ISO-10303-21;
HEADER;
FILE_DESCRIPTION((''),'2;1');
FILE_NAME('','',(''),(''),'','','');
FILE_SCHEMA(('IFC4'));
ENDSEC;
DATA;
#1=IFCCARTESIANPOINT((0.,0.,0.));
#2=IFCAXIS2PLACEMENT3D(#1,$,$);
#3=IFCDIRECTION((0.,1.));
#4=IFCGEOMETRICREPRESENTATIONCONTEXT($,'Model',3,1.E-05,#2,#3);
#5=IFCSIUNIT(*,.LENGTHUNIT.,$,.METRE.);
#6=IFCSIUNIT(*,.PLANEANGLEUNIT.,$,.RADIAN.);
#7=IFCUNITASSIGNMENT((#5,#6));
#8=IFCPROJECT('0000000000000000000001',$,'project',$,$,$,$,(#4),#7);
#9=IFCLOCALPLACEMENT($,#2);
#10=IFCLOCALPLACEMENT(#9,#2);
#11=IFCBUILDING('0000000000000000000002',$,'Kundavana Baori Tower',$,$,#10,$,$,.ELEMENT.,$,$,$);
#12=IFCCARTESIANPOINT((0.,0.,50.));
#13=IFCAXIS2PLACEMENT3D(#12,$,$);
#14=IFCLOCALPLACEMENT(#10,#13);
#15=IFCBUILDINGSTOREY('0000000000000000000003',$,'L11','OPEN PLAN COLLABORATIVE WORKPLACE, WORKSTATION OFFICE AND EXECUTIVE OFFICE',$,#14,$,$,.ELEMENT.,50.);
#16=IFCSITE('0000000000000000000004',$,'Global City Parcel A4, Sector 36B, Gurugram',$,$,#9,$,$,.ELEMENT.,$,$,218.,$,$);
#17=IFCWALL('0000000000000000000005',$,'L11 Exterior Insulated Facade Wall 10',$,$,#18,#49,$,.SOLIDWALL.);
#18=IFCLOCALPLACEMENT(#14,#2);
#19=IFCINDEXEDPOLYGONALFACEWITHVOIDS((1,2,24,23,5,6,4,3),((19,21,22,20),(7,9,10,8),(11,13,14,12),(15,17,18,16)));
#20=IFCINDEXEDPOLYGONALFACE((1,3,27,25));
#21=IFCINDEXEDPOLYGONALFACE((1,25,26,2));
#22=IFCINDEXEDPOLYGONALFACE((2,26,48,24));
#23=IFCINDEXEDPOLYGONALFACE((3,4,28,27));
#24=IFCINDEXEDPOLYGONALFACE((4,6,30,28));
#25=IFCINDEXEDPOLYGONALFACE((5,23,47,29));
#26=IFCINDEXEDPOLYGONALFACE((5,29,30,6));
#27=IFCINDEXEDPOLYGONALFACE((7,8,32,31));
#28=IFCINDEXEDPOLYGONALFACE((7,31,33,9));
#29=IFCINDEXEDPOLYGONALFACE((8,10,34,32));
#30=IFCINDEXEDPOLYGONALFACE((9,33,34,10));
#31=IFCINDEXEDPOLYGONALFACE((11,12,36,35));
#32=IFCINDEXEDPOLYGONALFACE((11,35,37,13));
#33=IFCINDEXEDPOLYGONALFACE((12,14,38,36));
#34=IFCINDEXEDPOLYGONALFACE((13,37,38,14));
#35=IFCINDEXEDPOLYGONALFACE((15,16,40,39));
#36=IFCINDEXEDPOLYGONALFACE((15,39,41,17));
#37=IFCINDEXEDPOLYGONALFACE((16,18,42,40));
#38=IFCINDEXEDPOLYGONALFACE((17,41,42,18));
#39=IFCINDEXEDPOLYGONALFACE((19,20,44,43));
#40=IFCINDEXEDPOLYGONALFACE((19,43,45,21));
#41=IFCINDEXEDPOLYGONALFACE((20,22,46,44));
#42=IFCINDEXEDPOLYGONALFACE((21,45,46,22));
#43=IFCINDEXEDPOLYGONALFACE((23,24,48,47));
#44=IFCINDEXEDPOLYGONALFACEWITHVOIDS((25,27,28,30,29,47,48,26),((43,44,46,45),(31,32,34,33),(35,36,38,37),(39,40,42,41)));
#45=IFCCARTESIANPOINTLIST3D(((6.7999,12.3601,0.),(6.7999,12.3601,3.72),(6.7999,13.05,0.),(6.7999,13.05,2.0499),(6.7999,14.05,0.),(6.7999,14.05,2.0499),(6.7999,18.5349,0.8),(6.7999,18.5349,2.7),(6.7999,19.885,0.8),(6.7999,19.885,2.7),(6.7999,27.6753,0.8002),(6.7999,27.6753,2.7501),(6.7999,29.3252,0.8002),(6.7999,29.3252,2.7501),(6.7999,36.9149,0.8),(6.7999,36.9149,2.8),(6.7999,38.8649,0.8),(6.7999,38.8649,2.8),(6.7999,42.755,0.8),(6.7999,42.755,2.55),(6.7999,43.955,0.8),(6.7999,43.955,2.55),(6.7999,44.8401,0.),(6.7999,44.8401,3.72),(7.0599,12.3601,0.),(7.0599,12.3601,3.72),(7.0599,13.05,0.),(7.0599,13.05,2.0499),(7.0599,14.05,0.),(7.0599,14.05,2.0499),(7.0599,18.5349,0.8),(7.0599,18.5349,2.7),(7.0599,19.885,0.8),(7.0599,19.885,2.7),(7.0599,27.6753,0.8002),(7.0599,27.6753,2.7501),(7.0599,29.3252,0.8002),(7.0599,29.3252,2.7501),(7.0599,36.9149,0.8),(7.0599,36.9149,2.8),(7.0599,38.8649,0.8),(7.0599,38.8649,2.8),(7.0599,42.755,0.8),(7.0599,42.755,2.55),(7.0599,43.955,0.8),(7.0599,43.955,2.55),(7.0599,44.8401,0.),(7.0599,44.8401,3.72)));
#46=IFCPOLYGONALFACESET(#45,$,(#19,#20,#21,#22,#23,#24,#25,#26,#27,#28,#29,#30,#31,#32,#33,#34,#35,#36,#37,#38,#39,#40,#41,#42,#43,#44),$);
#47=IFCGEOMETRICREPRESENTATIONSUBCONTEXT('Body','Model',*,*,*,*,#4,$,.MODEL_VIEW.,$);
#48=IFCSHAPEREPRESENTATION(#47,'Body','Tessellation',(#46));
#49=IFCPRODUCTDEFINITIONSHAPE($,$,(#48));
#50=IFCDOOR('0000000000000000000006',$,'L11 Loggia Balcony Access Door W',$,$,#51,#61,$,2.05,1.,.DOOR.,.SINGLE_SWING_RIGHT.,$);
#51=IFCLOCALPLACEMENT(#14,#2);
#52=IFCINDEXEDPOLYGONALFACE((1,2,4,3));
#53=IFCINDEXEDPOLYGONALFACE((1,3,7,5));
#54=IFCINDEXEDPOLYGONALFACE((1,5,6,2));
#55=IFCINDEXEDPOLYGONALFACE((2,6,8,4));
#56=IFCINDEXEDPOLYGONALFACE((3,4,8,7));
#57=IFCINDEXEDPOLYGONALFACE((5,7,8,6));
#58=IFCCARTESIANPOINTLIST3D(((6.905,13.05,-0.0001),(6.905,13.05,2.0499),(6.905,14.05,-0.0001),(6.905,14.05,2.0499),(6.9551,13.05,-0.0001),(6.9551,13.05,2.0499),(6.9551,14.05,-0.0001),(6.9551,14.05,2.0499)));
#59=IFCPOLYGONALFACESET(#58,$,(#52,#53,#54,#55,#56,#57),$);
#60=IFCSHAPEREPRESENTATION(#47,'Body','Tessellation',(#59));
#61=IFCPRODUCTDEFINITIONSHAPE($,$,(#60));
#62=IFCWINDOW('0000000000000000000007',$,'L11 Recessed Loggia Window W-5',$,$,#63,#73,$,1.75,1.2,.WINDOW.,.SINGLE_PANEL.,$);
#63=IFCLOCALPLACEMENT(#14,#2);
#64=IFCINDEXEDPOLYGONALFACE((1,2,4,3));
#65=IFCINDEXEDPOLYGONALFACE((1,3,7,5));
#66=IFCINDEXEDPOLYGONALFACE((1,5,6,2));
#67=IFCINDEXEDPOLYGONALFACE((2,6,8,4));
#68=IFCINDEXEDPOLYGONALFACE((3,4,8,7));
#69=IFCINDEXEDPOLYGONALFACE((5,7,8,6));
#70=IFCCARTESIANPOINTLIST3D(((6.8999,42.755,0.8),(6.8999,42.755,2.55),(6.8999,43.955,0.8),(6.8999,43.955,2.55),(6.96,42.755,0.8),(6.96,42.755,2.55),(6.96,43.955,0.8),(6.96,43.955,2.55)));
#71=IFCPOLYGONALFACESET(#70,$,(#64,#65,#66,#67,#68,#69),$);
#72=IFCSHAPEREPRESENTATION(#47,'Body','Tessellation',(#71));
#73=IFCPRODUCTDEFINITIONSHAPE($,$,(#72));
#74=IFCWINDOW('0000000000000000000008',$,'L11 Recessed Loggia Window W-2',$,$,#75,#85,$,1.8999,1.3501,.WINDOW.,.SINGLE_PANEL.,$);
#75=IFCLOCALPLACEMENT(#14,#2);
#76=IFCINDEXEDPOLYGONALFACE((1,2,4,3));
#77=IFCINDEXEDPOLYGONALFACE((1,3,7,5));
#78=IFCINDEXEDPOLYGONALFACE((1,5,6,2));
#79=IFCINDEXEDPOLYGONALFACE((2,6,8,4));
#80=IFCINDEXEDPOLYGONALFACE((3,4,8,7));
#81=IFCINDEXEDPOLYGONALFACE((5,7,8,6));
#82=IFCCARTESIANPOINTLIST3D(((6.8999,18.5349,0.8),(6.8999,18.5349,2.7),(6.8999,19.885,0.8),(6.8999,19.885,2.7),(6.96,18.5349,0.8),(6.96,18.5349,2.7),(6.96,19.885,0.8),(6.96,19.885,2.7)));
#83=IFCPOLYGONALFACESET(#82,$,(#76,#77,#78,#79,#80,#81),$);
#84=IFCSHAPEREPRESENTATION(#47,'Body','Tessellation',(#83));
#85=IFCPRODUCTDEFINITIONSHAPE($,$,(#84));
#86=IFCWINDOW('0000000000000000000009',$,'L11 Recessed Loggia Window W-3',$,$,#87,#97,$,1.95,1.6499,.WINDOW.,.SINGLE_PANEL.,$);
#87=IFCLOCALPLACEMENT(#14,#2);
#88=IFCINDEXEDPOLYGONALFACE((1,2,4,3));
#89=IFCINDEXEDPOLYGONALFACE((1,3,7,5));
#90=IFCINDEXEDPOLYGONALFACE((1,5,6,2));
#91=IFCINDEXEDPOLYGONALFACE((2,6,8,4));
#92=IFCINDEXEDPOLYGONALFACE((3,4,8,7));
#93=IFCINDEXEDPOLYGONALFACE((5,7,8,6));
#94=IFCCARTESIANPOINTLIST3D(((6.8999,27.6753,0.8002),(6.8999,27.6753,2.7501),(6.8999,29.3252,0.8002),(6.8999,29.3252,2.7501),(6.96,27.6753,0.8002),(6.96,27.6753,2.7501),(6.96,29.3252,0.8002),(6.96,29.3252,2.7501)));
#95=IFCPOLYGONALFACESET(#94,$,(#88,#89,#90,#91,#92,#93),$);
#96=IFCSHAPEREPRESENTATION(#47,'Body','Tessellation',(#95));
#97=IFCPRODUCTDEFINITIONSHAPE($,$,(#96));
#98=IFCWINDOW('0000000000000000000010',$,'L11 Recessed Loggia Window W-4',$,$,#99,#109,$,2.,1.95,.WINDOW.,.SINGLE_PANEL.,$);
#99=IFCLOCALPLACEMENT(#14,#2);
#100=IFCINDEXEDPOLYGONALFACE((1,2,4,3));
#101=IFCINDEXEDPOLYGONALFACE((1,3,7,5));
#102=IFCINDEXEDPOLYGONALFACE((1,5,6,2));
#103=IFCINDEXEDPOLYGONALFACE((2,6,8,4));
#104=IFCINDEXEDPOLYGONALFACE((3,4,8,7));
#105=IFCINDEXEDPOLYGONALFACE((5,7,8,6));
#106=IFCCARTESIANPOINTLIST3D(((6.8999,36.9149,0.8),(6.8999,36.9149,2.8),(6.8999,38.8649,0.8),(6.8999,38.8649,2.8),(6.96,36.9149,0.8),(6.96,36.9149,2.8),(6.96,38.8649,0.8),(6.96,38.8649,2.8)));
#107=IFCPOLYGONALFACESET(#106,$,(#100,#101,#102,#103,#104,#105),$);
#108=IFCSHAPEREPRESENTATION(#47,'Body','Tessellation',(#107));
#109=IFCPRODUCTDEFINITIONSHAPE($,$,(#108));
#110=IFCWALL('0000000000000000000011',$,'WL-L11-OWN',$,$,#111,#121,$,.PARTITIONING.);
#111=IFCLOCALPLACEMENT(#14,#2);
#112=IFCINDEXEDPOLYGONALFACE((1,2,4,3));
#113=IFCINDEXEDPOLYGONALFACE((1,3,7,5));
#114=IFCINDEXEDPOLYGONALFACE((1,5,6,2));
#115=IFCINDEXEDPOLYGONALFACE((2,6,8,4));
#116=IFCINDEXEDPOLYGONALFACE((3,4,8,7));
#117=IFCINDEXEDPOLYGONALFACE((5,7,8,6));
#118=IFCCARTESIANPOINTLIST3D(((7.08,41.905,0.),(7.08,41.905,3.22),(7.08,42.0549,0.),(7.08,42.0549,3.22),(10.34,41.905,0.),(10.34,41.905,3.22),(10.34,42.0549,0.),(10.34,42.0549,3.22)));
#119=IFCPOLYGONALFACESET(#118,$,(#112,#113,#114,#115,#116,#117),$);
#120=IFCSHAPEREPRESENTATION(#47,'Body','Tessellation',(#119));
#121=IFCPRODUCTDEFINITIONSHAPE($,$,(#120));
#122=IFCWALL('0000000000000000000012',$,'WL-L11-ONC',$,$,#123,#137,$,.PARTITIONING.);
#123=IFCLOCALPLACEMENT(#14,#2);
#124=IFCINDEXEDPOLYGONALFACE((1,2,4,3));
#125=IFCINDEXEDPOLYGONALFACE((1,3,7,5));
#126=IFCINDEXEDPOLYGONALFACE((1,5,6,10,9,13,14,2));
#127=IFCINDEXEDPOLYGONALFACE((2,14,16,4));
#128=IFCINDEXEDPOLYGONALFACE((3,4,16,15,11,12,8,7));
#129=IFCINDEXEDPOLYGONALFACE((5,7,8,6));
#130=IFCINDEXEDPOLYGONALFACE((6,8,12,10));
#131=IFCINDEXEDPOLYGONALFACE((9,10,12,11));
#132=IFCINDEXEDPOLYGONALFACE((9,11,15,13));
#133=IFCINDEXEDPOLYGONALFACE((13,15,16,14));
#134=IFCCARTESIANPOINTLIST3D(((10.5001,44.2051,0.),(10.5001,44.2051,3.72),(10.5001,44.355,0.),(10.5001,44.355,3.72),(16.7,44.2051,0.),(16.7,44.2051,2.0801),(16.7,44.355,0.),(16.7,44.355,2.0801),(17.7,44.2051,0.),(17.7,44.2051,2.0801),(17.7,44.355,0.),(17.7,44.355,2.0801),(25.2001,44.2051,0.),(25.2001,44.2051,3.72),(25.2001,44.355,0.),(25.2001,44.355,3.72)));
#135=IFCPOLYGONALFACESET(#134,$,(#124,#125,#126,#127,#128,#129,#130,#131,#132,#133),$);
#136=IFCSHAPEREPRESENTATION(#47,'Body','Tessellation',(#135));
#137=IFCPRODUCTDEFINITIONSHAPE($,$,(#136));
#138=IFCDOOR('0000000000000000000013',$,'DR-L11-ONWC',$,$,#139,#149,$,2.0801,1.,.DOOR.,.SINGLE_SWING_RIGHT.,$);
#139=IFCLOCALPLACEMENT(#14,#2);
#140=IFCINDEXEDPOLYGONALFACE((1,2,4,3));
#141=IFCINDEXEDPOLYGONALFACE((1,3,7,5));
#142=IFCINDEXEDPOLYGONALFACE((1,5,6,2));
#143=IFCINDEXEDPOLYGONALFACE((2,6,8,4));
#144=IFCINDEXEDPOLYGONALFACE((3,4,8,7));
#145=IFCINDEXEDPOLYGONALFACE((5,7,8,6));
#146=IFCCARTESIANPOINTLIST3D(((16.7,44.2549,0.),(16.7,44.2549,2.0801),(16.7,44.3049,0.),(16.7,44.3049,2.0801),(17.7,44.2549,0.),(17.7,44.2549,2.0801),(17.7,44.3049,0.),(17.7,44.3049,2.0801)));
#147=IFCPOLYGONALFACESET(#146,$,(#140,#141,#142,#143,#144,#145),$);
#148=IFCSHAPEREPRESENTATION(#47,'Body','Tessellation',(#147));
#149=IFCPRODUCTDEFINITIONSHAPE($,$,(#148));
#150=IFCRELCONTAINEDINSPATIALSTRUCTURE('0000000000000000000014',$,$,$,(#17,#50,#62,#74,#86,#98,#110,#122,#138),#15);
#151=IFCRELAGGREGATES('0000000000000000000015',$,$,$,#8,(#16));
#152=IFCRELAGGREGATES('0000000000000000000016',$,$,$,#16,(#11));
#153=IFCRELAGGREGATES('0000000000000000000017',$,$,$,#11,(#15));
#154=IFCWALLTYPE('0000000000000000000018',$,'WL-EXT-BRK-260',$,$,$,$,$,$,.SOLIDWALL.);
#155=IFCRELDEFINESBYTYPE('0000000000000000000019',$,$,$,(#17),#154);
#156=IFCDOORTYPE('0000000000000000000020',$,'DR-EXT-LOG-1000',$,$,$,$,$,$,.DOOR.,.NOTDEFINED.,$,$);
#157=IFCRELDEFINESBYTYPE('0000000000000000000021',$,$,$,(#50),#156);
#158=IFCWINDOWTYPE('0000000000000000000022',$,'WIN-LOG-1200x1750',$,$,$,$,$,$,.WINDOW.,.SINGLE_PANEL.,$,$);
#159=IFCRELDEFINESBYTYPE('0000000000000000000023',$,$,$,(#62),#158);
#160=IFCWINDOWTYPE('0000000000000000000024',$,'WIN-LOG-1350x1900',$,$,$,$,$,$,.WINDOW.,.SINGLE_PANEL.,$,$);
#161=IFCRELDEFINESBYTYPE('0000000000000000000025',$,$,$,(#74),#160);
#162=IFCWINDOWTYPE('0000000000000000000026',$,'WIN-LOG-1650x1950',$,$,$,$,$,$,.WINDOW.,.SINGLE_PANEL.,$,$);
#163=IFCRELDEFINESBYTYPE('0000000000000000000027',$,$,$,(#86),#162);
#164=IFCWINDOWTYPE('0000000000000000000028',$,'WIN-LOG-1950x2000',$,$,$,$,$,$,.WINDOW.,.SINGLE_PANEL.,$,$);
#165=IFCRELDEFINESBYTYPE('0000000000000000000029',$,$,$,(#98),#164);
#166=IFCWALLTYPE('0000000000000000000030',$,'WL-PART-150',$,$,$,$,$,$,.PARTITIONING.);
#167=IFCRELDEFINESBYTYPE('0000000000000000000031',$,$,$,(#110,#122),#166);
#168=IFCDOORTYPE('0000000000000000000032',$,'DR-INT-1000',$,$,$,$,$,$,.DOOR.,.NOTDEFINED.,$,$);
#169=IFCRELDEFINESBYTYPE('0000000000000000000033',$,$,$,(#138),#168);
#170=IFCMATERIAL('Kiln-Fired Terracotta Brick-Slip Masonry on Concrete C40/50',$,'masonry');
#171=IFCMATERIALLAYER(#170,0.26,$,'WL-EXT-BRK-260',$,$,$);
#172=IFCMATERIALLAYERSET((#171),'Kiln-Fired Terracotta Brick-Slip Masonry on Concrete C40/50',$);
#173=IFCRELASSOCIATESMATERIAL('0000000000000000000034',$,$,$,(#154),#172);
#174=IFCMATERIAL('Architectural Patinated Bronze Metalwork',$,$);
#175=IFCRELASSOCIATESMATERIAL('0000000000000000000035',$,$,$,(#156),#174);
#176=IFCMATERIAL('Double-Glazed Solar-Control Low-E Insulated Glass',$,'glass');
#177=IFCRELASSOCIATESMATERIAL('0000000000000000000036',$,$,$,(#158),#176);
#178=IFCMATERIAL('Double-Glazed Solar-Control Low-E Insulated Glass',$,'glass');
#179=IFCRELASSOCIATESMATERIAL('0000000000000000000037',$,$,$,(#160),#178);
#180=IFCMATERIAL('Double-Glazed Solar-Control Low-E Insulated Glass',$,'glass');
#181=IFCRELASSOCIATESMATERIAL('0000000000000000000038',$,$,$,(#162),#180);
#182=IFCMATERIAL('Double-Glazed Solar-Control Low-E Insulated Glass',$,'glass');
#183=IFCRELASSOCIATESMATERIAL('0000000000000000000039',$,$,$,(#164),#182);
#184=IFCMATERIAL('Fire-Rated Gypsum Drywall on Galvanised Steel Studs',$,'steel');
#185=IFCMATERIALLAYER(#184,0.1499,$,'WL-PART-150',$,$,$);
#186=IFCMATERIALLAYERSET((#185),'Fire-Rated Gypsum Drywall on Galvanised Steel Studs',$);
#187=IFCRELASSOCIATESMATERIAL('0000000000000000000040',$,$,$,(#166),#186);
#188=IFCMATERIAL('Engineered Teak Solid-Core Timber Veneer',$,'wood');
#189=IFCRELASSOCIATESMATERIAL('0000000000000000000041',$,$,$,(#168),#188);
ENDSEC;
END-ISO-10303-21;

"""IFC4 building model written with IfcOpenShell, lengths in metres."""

from ifc_helpers import new_model, si_unit, direction, frame, frame_2d, origin, place, context, subcontext, project, spatial, rectangle, extrude, material, layer, layer_set, type_object, element, fill, save


model = new_model("IFC4")

# Units and contexts
model_context = context("Model", 3, precision=1e-05, world=origin(), true_north=direction((0.0, 1.0)))
body_context = subcontext(model_context, "Body", "Model", "MODEL_VIEW")
ifc_project = project(units=[si_unit("LENGTHUNIT", "METRE"), si_unit("PLANEANGLEUNIT", "RADIAN")], contexts=[model_context])

# Site, building, storey
site_placement = place(None, origin())
site = spatial("IfcSite", under=ifc_project, at=site_placement, Name="Global City Parcel A4, Sector 36B, Gurugram", CompositionType="ELEMENT", RefElevation=218.0)
building_placement = place(site_placement, origin())
building = spatial("IfcBuilding", under=site, at=building_placement, Name="Kundavana Baori Tower", CompositionType="ELEMENT")
storey_placement = place(building_placement, frame((0.0, 0.0, 50.0)))
storey = spatial("IfcBuildingStorey", under=building, at=storey_placement, Name="L11", Description="OPEN PLAN COLLABORATIVE WORKPLACE, WORKSTATION OFFICE AND EXECUTIVE OFFICE", CompositionType="ELEMENT", Elevation=50.0)

# Shared definitions
ifc_material_1 = material(Name="Kiln-Fired Terracotta Brick-Slip Masonry on Concrete C40/50", Category="masonry")
ifc_layer_1 = layer(ifc_material_1, 0.26, Name="WL-EXT-BRK-260")
ifc_layer_set_1 = layer_set([ifc_layer_1], Name="Kiln-Fired Terracotta Brick-Slip Masonry on Concrete C40/50")
wall_type_1 = type_object("IfcWallType", Name="WL-EXT-BRK-260", PredefinedType="SOLIDWALL", material=ifc_layer_set_1)

# Wall, openings, door, windows
wall_1_placement = place(storey_placement, frame((6.9299, 44.8401, 0.0), z_axis=(0.0, 0.0, 1.0), x_axis=(0.0, -1.0, 0.0)))
wall_1 = element("IfcWall", 1, at=wall_1_placement, inside=storey, type_object=wall_type_1, Name="L11 Exterior Insulated Facade Wall 10", PredefinedType="SOLIDWALL", context=body_context, shape_type="SweptSolid", body=[
    extrude(rectangle(XDim=32.48, YDim=0.26, at=frame_2d((16.24, 0.0))), origin(), (0.0, 0.0, 1.0), 3.72),
])
opening_1_placement = place(wall_1_placement, frame((30.79, 0.0, 0.0)))
opening_1 = element("IfcOpeningElement", 2, at=opening_1_placement, cuts=wall_1, PredefinedType="OPENING", context=body_context, shape_type="SweptSolid", body=[
    extrude(rectangle(XDim=1.0, YDim=2.05, at=frame_2d((0.5, 1.0249))), frame((0.0, 0.1401, 0.0), z_axis=(0.0, -1.0, 0.0), x_axis=(1.0, 0.0, 0.0)), (0.0, 0.0, 1.0), 0.28),
])
opening_2_placement = place(wall_1_placement, frame((24.9551, 0.0, 0.8)))
opening_2 = element("IfcOpeningElement", 3, at=opening_2_placement, cuts=wall_1, PredefinedType="OPENING", context=body_context, shape_type="SweptSolid", body=[
    extrude(rectangle(XDim=1.3501, YDim=1.8999, at=frame_2d((0.675, 0.95))), frame((0.0, 0.1401, 0.0), z_axis=(0.0, -1.0, 0.0), x_axis=(1.0, 0.0, 0.0)), (0.0, 0.0, 1.0), 0.28),
])
opening_3_placement = place(wall_1_placement, frame((15.5149, 0.0, 0.8)))
opening_3 = element("IfcOpeningElement", 4, at=opening_3_placement, cuts=wall_1, PredefinedType="OPENING", context=body_context, shape_type="SweptSolid", body=[
    extrude(rectangle(XDim=1.6499, YDim=1.95, at=frame_2d((0.825, 0.9751))), frame((0.0, 0.1401, 0.0), z_axis=(0.0, -1.0, 0.0), x_axis=(1.0, 0.0, 0.0)), (0.0, 0.0, 1.0), 0.28),
])
opening_4_placement = place(wall_1_placement, frame((5.9751, 0.0, 0.8)))
opening_4 = element("IfcOpeningElement", 5, at=opening_4_placement, cuts=wall_1, PredefinedType="OPENING", context=body_context, shape_type="SweptSolid", body=[
    extrude(rectangle(XDim=1.95, YDim=2.0, at=frame_2d((0.9751, 1.0))), frame((0.0, 0.1401, 0.0), z_axis=(0.0, -1.0, 0.0), x_axis=(1.0, 0.0, 0.0)), (0.0, 0.0, 1.0), 0.28),
])
opening_5_placement = place(wall_1_placement, frame((0.885, 0.0, 0.8)))
opening_5 = element("IfcOpeningElement", 6, at=opening_5_placement, cuts=wall_1, PredefinedType="OPENING", context=body_context, shape_type="SweptSolid", body=[
    extrude(rectangle(XDim=1.2, YDim=1.75, at=frame_2d((0.6001, 0.875))), frame((0.0, 0.1401, 0.0), z_axis=(0.0, -1.0, 0.0), x_axis=(1.0, 0.0, 0.0)), (0.0, 0.0, 1.0), 0.28),
])
ifc_material_2 = material(Name="Architectural Patinated Bronze Metalwork")
door_type_1 = type_object("IfcDoorType", Name="DR-EXT-LOG-1000", OperationType="NOTDEFINED", PredefinedType="DOOR", material=ifc_material_2)
door_1_placement = place(opening_1_placement, frame((1.0, 0.0, 0.0), z_axis=(0.0, 0.0, 1.0), x_axis=(-1.0, 0.0, 0.0)))
door_1 = element("IfcDoor", 7, at=door_1_placement, inside=storey, type_object=door_type_1, Name="L11 Loggia Balcony Access Door W", OperationType="SINGLE_SWING_RIGHT", OverallHeight=2.05, OverallWidth=1.0, PredefinedType="DOOR", context=body_context, shape_type="SweptSolid", body=[
    extrude(rectangle(XDim=1.0, YDim=2.05, at=frame_2d((0.5, 1.0249))), frame((0.0, 0.0249, 0.0), z_axis=(0.0, -1.0, 0.0), x_axis=(1.0, 0.0, 0.0)), (0.0, 0.0, 1.0), 0.05),
])
fill(opening_1, door_1)
ifc_material_3 = material(Name="Double-Glazed Solar-Control Low-E Insulated Glass", Category="glass")
window_type_1 = type_object("IfcWindowType", Name="WIN-LOG-1200x1750", PartitioningType="SINGLE_PANEL", PredefinedType="WINDOW", material=ifc_material_3)
window_1_placement = place(opening_5_placement, origin())
window_1 = element("IfcWindow", 8, at=window_1_placement, inside=storey, type_object=window_type_1, Name="L11 Recessed Loggia Window W-5", OverallHeight=1.75, OverallWidth=1.2, PartitioningType="SINGLE_PANEL", PredefinedType="WINDOW", context=body_context, shape_type="SweptSolid", body=[
    extrude(rectangle(XDim=1.2, YDim=1.75, at=frame_2d((0.6001, 0.875))), frame((0.0, 0.03, 0.0), z_axis=(0.0, -1.0, 0.0), x_axis=(1.0, 0.0, 0.0)), (0.0, 0.0, 1.0), 0.0601),
])
fill(opening_5, window_1)
ifc_material_4 = material(Name="Double-Glazed Solar-Control Low-E Insulated Glass", Category="glass")
window_type_2 = type_object("IfcWindowType", Name="WIN-LOG-1350x1900", PartitioningType="SINGLE_PANEL", PredefinedType="WINDOW", material=ifc_material_4)
window_2_placement = place(opening_2_placement, origin())
window_2 = element("IfcWindow", 9, at=window_2_placement, inside=storey, type_object=window_type_2, Name="L11 Recessed Loggia Window W-2", OverallHeight=1.8999, OverallWidth=1.3501, PartitioningType="SINGLE_PANEL", PredefinedType="WINDOW", context=body_context, shape_type="SweptSolid", body=[
    extrude(rectangle(XDim=1.3501, YDim=1.8999, at=frame_2d((0.675, 0.95))), frame((0.0, 0.03, 0.0), z_axis=(0.0, -1.0, 0.0), x_axis=(1.0, 0.0, 0.0)), (0.0, 0.0, 1.0), 0.0601),
])
fill(opening_2, window_2)
ifc_material_5 = material(Name="Double-Glazed Solar-Control Low-E Insulated Glass", Category="glass")
window_type_3 = type_object("IfcWindowType", Name="WIN-LOG-1650x1950", PartitioningType="SINGLE_PANEL", PredefinedType="WINDOW", material=ifc_material_5)
window_3_placement = place(opening_3_placement, origin())
window_3 = element("IfcWindow", 10, at=window_3_placement, inside=storey, type_object=window_type_3, Name="L11 Recessed Loggia Window W-3", OverallHeight=1.95, OverallWidth=1.6499, PartitioningType="SINGLE_PANEL", PredefinedType="WINDOW", context=body_context, shape_type="SweptSolid", body=[
    extrude(rectangle(XDim=1.6499, YDim=1.95, at=frame_2d((0.825, 0.9751))), frame((0.0, 0.03, 0.0), z_axis=(0.0, -1.0, 0.0), x_axis=(1.0, 0.0, 0.0)), (0.0, 0.0, 1.0), 0.0601),
])
fill(opening_3, window_3)
ifc_material_6 = material(Name="Double-Glazed Solar-Control Low-E Insulated Glass", Category="glass")
window_type_4 = type_object("IfcWindowType", Name="WIN-LOG-1950x2000", PartitioningType="SINGLE_PANEL", PredefinedType="WINDOW", material=ifc_material_6)
window_4_placement = place(opening_4_placement, origin())
window_4 = element("IfcWindow", 11, at=window_4_placement, inside=storey, type_object=window_type_4, Name="L11 Recessed Loggia Window W-4", OverallHeight=2.0, OverallWidth=1.95, PartitioningType="SINGLE_PANEL", PredefinedType="WINDOW", context=body_context, shape_type="SweptSolid", body=[
    extrude(rectangle(XDim=1.95, YDim=2.0, at=frame_2d((0.9751, 1.0))), frame((0.0, 0.03, 0.0), z_axis=(0.0, -1.0, 0.0), x_axis=(1.0, 0.0, 0.0)), (0.0, 0.0, 1.0), 0.0601),
])
fill(opening_4, window_4)

# Wall
ifc_material_7 = material(Name="Fire-Rated Gypsum Drywall on Galvanised Steel Studs", Category="steel")
ifc_layer_2 = layer(ifc_material_7, 0.1499, Name="WL-PART-150")
ifc_layer_set_2 = layer_set([ifc_layer_2], Name="Fire-Rated Gypsum Drywall on Galvanised Steel Studs")
wall_type_2 = type_object("IfcWallType", Name="WL-PART-150", PredefinedType="PARTITIONING", material=ifc_layer_set_2)
wall_2_placement = place(storey_placement, frame((7.0801, 41.98, 0.0), z_axis=(0.0, 0.0, 1.0), x_axis=(1.0, 0.0, 0.0)))
element("IfcWall", 12, at=wall_2_placement, inside=storey, type_object=wall_type_2, Name="WL-L11-OWN", PredefinedType="PARTITIONING", context=body_context, shape_type="SweptSolid", body=[
    extrude(rectangle(XDim=3.26, YDim=0.1499, at=frame_2d((1.6299, 0.0))), origin(), (0.0, 0.0, 1.0), 3.22),
])

# Wall, opening, door
wall_3_placement = place(storey_placement, frame((10.5, 44.28, 0.0), z_axis=(0.0, 0.0, 1.0), x_axis=(1.0, 0.0, 0.0)))
wall_3 = element("IfcWall", 13, at=wall_3_placement, inside=storey, type_object=wall_type_2, Name="WL-L11-ONC", PredefinedType="PARTITIONING", context=body_context, shape_type="SweptSolid", body=[
    extrude(rectangle(XDim=14.7, YDim=0.1499, at=frame_2d((7.3501, 0.0))), origin(), (0.0, 0.0, 1.0), 3.72),
])
opening_6_placement = place(wall_3_placement, frame((6.2, 0.0, 0.0)))
opening_6 = element("IfcOpeningElement", 14, at=opening_6_placement, cuts=wall_3, PredefinedType="OPENING", context=body_context, shape_type="SweptSolid", body=[
    extrude(rectangle(XDim=1.0, YDim=2.0801, at=frame_2d((0.5, 1.04))), frame((0.0, 0.085, 0.0), z_axis=(0.0, -1.0, 0.0), x_axis=(1.0, 0.0, 0.0)), (0.0, 0.0, 1.0), 0.1699),
])
ifc_material_8 = material(Name="Engineered Teak Solid-Core Timber Veneer", Category="wood")
door_type_2 = type_object("IfcDoorType", Name="DR-INT-1000", OperationType="NOTDEFINED", PredefinedType="DOOR", material=ifc_material_8)
door_2_placement = place(opening_6_placement, origin())
door_2 = element("IfcDoor", 15, at=door_2_placement, inside=storey, type_object=door_type_2, Name="DR-L11-ONWC", OperationType="SINGLE_SWING_RIGHT", OverallHeight=2.0801, OverallWidth=1.0, PredefinedType="DOOR", context=body_context, shape_type="SweptSolid", body=[
    extrude(rectangle(XDim=1.0, YDim=2.0801, at=frame_2d((0.5, 1.04))), frame((0.0, 0.0249, 0.0), z_axis=(0.0, -1.0, 0.0), x_axis=(1.0, 0.0, 0.0)), (0.0, 0.0, 1.0), 0.05),
])
fill(opening_6, door_2)

save(model, "model.ifc")
